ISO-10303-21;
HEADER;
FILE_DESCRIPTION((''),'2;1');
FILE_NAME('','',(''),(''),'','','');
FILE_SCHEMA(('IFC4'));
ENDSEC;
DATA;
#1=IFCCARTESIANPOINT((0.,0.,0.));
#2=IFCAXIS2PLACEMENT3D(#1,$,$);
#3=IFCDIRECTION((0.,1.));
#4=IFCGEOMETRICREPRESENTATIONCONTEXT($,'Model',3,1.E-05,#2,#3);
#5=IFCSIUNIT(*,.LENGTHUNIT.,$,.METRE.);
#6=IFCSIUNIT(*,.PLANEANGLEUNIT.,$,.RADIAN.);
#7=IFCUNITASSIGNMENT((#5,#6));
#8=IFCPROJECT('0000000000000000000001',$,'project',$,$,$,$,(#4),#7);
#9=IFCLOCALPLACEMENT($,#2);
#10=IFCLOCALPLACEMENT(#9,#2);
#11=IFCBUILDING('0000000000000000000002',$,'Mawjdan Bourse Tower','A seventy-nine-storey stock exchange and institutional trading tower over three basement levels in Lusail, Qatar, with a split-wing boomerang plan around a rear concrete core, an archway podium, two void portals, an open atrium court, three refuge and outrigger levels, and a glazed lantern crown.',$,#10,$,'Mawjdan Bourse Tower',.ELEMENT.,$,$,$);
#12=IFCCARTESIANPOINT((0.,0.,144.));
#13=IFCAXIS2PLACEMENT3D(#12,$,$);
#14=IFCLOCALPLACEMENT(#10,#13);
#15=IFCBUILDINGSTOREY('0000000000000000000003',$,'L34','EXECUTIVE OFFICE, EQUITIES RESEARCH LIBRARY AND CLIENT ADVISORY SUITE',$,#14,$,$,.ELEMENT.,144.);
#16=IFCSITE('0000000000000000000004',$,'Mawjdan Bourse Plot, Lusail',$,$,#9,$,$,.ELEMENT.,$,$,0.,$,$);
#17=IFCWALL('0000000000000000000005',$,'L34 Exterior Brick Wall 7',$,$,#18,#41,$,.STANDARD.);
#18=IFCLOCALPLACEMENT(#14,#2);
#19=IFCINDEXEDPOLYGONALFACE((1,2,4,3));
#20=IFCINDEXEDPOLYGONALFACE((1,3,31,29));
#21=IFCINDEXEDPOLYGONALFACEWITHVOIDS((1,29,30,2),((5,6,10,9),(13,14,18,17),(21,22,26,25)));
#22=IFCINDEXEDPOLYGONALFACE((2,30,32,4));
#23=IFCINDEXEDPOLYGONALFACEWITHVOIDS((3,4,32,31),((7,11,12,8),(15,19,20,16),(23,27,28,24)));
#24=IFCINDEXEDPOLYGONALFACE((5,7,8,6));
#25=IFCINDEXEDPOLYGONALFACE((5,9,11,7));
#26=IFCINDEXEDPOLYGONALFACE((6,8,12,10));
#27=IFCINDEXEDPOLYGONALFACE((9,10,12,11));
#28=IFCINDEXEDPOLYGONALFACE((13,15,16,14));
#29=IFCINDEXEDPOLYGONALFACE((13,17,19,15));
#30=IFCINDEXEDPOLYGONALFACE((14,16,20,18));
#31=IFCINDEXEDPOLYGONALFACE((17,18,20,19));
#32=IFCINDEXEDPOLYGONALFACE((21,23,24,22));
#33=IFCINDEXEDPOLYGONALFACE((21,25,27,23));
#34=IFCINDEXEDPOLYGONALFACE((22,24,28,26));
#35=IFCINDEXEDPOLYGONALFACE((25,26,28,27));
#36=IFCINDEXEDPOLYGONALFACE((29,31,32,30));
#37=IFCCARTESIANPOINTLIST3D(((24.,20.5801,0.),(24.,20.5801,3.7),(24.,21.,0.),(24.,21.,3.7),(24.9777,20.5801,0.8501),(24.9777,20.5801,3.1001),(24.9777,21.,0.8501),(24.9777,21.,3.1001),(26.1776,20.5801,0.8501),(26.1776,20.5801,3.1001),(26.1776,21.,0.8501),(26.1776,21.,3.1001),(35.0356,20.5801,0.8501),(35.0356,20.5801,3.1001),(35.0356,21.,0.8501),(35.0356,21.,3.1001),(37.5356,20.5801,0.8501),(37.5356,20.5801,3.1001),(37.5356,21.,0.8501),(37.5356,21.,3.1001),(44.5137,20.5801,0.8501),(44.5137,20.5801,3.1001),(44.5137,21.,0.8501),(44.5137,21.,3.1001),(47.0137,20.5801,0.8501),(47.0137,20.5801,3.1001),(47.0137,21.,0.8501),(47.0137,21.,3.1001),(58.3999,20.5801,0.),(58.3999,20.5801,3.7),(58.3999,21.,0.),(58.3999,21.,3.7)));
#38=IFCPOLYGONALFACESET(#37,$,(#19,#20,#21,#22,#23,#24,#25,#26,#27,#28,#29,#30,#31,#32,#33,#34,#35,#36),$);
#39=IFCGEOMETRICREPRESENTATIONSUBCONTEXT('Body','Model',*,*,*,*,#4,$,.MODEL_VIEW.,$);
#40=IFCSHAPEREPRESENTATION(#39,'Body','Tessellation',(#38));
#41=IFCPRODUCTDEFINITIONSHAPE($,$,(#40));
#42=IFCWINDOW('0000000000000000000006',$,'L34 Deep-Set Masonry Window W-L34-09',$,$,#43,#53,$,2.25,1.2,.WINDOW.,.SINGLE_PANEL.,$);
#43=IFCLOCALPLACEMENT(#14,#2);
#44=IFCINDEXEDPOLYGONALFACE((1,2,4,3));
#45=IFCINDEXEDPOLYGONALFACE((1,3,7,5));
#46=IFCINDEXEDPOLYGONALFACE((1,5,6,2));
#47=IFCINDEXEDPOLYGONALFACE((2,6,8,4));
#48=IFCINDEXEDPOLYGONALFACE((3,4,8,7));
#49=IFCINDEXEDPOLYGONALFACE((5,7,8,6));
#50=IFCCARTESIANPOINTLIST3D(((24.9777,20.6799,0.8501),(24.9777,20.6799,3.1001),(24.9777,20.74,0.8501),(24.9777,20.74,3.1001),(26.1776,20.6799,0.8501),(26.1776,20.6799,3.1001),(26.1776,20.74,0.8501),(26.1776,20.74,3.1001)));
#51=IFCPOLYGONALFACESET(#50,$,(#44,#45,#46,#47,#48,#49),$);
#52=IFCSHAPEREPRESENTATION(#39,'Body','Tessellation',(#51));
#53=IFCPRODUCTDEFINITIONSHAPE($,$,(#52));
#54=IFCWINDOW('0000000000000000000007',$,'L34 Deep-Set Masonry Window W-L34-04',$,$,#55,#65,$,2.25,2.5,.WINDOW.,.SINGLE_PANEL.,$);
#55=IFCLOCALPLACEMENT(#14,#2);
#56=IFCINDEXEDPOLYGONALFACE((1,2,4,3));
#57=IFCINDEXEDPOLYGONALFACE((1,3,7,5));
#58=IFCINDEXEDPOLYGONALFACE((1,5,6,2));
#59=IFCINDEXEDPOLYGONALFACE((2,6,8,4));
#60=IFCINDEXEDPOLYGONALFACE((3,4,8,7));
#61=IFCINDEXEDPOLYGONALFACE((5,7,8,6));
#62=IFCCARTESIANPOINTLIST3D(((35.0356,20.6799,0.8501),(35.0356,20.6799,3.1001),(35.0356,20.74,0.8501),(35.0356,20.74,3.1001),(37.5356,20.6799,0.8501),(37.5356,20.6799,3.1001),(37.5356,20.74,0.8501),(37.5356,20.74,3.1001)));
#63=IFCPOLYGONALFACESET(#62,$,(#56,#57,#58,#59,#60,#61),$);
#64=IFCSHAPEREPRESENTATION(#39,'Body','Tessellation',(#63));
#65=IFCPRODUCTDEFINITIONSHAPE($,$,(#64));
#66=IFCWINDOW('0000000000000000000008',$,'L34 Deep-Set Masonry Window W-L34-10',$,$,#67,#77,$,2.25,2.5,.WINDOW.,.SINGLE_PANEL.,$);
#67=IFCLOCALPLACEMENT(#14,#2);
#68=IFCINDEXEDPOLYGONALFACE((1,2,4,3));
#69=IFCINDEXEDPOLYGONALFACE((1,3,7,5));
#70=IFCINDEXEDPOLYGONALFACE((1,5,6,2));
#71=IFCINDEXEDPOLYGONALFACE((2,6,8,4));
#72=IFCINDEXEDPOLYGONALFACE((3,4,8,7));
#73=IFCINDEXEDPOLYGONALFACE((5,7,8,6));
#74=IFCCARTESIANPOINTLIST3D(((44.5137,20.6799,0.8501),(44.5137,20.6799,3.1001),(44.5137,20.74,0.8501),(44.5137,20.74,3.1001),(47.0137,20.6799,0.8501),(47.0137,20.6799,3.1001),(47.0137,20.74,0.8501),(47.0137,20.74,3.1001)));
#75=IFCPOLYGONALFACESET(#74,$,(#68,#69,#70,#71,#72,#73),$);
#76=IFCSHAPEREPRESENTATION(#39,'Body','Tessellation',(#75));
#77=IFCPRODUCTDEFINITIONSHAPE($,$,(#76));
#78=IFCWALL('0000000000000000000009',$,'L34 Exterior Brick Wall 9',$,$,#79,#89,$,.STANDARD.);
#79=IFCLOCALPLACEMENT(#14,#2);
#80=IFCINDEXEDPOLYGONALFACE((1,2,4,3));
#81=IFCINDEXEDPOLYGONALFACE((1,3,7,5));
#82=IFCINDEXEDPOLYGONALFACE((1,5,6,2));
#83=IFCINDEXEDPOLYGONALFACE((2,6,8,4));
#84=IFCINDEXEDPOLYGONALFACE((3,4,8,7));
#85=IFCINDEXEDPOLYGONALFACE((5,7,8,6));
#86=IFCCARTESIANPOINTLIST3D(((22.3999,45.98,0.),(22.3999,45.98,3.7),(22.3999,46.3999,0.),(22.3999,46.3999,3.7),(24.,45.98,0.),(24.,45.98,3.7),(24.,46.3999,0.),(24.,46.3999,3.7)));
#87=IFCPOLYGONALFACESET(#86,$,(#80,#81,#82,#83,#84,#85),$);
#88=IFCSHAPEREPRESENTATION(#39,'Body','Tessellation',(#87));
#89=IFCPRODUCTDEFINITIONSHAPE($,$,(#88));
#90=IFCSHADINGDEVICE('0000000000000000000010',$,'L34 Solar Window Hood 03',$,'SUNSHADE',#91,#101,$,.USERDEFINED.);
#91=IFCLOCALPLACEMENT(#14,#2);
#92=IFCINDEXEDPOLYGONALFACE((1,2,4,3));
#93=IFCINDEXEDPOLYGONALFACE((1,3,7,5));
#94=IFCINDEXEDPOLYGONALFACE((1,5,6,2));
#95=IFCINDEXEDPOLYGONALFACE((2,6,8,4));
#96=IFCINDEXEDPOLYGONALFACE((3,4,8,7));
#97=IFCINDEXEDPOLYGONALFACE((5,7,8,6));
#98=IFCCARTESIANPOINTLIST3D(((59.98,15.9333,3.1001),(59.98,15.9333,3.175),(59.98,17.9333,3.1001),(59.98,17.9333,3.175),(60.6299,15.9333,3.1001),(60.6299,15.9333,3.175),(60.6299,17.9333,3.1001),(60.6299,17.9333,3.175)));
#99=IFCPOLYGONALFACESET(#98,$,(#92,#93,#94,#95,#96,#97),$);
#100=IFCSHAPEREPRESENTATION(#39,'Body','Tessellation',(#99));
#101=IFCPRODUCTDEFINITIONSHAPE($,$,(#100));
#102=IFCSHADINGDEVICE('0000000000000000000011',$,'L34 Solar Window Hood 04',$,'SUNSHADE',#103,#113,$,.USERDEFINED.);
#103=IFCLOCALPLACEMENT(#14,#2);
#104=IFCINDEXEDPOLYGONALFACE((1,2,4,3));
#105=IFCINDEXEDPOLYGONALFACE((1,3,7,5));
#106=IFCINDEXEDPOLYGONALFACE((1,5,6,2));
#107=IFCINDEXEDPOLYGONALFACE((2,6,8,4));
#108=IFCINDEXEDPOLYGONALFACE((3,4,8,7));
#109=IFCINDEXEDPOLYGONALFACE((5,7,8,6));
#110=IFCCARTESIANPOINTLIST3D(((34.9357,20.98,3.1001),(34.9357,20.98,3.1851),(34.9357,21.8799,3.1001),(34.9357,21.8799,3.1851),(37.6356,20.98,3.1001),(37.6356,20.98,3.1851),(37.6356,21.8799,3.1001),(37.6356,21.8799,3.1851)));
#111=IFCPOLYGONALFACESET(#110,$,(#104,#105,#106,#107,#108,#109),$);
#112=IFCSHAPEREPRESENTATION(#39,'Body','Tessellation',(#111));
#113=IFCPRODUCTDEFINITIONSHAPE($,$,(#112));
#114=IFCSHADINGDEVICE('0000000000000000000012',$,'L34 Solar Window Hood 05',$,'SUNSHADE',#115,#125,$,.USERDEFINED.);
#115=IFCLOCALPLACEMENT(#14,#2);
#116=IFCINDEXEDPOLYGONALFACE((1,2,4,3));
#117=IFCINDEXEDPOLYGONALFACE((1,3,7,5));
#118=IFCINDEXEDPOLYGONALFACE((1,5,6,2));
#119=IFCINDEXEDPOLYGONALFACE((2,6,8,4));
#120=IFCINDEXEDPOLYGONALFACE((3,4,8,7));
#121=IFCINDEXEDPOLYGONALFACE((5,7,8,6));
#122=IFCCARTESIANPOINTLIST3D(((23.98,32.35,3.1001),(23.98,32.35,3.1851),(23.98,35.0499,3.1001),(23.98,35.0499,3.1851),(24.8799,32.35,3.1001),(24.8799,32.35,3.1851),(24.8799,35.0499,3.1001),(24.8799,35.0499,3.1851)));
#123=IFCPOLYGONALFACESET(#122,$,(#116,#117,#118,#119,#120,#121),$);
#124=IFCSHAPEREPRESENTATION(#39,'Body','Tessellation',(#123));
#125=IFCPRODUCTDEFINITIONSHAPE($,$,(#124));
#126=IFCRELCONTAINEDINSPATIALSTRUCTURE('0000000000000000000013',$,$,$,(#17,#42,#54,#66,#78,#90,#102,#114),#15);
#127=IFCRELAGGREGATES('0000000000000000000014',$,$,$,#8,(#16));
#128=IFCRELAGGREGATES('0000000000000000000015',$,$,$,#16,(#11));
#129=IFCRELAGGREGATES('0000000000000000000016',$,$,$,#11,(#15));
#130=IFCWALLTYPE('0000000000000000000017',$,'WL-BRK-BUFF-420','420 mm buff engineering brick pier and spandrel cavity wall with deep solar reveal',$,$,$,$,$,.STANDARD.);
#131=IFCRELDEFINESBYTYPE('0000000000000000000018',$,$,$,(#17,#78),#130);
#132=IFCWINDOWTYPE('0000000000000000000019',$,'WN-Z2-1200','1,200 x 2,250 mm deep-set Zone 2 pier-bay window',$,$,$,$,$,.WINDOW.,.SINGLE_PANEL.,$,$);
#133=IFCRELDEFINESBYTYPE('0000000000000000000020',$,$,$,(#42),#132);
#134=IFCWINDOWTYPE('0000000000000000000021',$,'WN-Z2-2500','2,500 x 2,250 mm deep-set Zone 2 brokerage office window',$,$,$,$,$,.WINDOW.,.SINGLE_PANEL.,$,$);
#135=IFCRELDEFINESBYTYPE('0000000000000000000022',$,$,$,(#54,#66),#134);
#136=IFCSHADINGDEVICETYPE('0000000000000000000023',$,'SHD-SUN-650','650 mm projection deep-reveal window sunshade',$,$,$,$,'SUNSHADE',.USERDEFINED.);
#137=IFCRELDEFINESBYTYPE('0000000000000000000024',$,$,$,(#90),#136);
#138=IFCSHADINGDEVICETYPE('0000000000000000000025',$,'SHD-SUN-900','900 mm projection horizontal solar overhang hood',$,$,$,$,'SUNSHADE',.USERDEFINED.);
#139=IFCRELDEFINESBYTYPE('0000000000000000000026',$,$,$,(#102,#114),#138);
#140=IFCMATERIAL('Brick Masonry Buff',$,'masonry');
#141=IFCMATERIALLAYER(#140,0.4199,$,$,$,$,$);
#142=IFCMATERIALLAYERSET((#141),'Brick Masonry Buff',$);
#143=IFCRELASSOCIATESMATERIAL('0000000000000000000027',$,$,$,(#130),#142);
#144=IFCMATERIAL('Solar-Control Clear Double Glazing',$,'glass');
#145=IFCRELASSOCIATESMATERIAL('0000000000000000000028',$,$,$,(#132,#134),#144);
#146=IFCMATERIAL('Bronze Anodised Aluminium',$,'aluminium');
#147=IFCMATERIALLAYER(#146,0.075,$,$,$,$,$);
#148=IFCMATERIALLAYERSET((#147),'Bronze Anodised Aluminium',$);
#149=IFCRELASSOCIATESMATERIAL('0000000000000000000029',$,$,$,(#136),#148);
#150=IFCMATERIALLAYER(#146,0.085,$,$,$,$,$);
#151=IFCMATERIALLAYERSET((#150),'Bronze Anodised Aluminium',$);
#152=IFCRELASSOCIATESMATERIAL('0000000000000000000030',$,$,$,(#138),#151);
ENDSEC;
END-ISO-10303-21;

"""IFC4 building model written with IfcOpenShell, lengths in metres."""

from ifc_helpers import new_model, si_unit, direction, frame, frame_2d, origin, origin_2d, place, context, subcontext, project, spatial, rectangle, extrude, material, layer, layer_set, type_object, element, fill, save


model = new_model("IFC4")

# Units and contexts
model_context = context("Model", 3, precision=1e-05, world=origin(), true_north=direction((0.0, 1.0)))
body_context = subcontext(model_context, "Body", "Model", "MODEL_VIEW")
ifc_project = project(units=[si_unit("LENGTHUNIT", "METRE"), si_unit("PLANEANGLEUNIT", "RADIAN")], contexts=[model_context])

# Site, building, storey
site_placement = place(None, origin())
site = spatial("IfcSite", under=ifc_project, at=site_placement, Name="Mawjdan Bourse Plot, Lusail", CompositionType="ELEMENT", RefElevation=0.0)
building_placement = place(site_placement, origin())
building = spatial("IfcBuilding", under=site, at=building_placement, Name="Mawjdan Bourse Tower", Description="A seventy-nine-storey stock exchange and institutional trading tower over three basement levels in Lusail, Qatar, with a split-wing boomerang plan around a rear concrete core, an archway podium, two void portals, an open atrium court, three refuge and outrigger levels, and a glazed lantern crown.", LongName="Mawjdan Bourse Tower", CompositionType="ELEMENT")
storey_placement = place(building_placement, frame((0.0, 0.0, 144.0)))
storey = spatial("IfcBuildingStorey", under=building, at=storey_placement, Name="L34", Description="EXECUTIVE OFFICE, EQUITIES RESEARCH LIBRARY AND CLIENT ADVISORY SUITE", CompositionType="ELEMENT", Elevation=144.0)

# Shared definitions
ifc_material_1 = material(Name="Brick Masonry Buff", Category="masonry")
ifc_layer_1 = layer(ifc_material_1, 0.4199)
ifc_layer_set_1 = layer_set([ifc_layer_1], Name="Brick Masonry Buff")
wall_type = type_object("IfcWallType", Name="WL-BRK-BUFF-420", Description="420 mm buff engineering brick pier and spandrel cavity wall with deep solar reveal", PredefinedType="STANDARD", material=ifc_layer_set_1)

# Wall, openings, windows
wall_1_placement = place(storey_placement, frame((58.3999, 20.79, 0.0), z_axis=(0.0, 0.0, 1.0), x_axis=(-1.0, 0.0, 0.0)))
wall_1 = element("IfcWall", 1, at=wall_1_placement, inside=storey, type_object=wall_type, Name="L34 Exterior Brick Wall 7", PredefinedType="STANDARD", context=body_context, shape_type="SweptSolid", body=[
    extrude(rectangle(XDim=34.3999, YDim=0.4199, at=frame_2d((17.2, 0.0))), origin(), (0.0, 0.0, 1.0), 3.7),
])
opening_1_placement = place(wall_1_placement, frame((20.8643, 0.0, 0.8501)))
opening_1 = element("IfcOpeningElement", 2, at=opening_1_placement, cuts=wall_1, PredefinedType="OPENING", context=body_context, shape_type="SweptSolid", body=[
    extrude(rectangle(XDim=2.5, YDim=2.25, at=frame_2d((1.25, 1.125))), frame((0.0, 0.22, 0.0), z_axis=(0.0, -1.0, 0.0), x_axis=(1.0, 0.0, 0.0)), (0.0, 0.0, 1.0), 0.4399),
])
opening_2_placement = place(wall_1_placement, frame((32.2222, 0.0, 0.8501)))
opening_2 = element("IfcOpeningElement", 3, at=opening_2_placement, cuts=wall_1, PredefinedType="OPENING", context=body_context, shape_type="SweptSolid", body=[
    extrude(rectangle(XDim=1.2, YDim=2.25, at=frame_2d((0.6001, 1.125))), frame((0.0, 0.22, 0.0), z_axis=(0.0, -1.0, 0.0), x_axis=(1.0, 0.0, 0.0)), (0.0, 0.0, 1.0), 0.4399),
])
opening_3_placement = place(wall_1_placement, frame((11.3862, 0.0, 0.8501)))
opening_3 = element("IfcOpeningElement", 4, at=opening_3_placement, cuts=wall_1, PredefinedType="OPENING", context=body_context, shape_type="SweptSolid", body=[
    extrude(rectangle(XDim=2.5, YDim=2.25, at=frame_2d((1.25, 1.125))), frame((0.0, 0.22, 0.0), z_axis=(0.0, -1.0, 0.0), x_axis=(1.0, 0.0, 0.0)), (0.0, 0.0, 1.0), 0.4399),
])
ifc_material_2 = material(Name="Solar-Control Clear Double Glazing", Category="glass")
window_type_1 = type_object("IfcWindowType", Name="WN-Z2-1200", Description="1,200 x 2,250 mm deep-set Zone 2 pier-bay window", PartitioningType="SINGLE_PANEL", PredefinedType="WINDOW", material=ifc_material_2)
window_1_placement = place(opening_2_placement, origin())
window_1 = element("IfcWindow", 5, at=window_1_placement, inside=storey, type_object=window_type_1, Name="L34 Deep-Set Masonry Window W-L34-09", OverallHeight=2.25, OverallWidth=1.2, PartitioningType="SINGLE_PANEL", PredefinedType="WINDOW", context=body_context, shape_type="SweptSolid", body=[
    extrude(rectangle(XDim=1.2, YDim=2.25, at=frame_2d((0.6001, 1.125))), frame((0.0, 0.1101, 0.0), z_axis=(0.0, -1.0, 0.0), x_axis=(1.0, 0.0, 0.0)), (0.0, 0.0, 1.0), 0.0601),
])
fill(opening_2, window_1)
window_type_2 = type_object("IfcWindowType", Name="WN-Z2-2500", Description="2,500 x 2,250 mm deep-set Zone 2 brokerage office window", PartitioningType="SINGLE_PANEL", PredefinedType="WINDOW", material=ifc_material_2)
window_2_placement = place(opening_1_placement, origin())
window_2 = element("IfcWindow", 6, at=window_2_placement, inside=storey, type_object=window_type_2, Name="L34 Deep-Set Masonry Window W-L34-04", OverallHeight=2.25, OverallWidth=2.5, PartitioningType="SINGLE_PANEL", PredefinedType="WINDOW", context=body_context, shape_type="SweptSolid", body=[
    extrude(rectangle(XDim=2.5, YDim=2.25, at=frame_2d((1.25, 1.125))), frame((0.0, 0.1101, 0.0), z_axis=(0.0, -1.0, 0.0), x_axis=(1.0, 0.0, 0.0)), (0.0, 0.0, 1.0), 0.0601),
])
fill(opening_1, window_2)
window_3_placement = place(opening_3_placement, origin())
window_3 = element("IfcWindow", 7, at=window_3_placement, inside=storey, type_object=window_type_2, Name="L34 Deep-Set Masonry Window W-L34-10", OverallHeight=2.25, OverallWidth=2.5, PartitioningType="SINGLE_PANEL", PredefinedType="WINDOW", context=body_context, shape_type="SweptSolid", body=[
    extrude(rectangle(XDim=2.5, YDim=2.25, at=frame_2d((1.25, 1.125))), frame((0.0, 0.1101, 0.0), z_axis=(0.0, -1.0, 0.0), x_axis=(1.0, 0.0, 0.0)), (0.0, 0.0, 1.0), 0.0601),
])
fill(opening_3, window_3)

# Wall
wall_2_placement = place(storey_placement, frame((24.0, 46.1899, 0.0), z_axis=(0.0, 0.0, 1.0), x_axis=(-1.0, 0.0, 0.0)))
element("IfcWall", 8, at=wall_2_placement, inside=storey, type_object=wall_type, Name="L34 Exterior Brick Wall 9", PredefinedType="STANDARD", context=body_context, shape_type="SweptSolid", body=[
    extrude(rectangle(XDim=1.6001, YDim=0.4199, at=frame_2d((0.8, 0.0))), origin(), (0.0, 0.0, 1.0), 3.7),
])

# Shading devices
ifc_material_3 = material(Name="Bronze Anodised Aluminium", Category="aluminium")
ifc_layer_2 = layer(ifc_material_3, 0.075)
ifc_layer_set_2 = layer_set([ifc_layer_2], Name="Bronze Anodised Aluminium")
shading_device_type_1 = type_object("IfcShadingDeviceType", Name="SHD-SUN-650", Description="650 mm projection deep-reveal window sunshade", ElementType="SUNSHADE", PredefinedType="USERDEFINED", material=ifc_layer_set_2)
shading_device_placement = place(storey_placement, frame((60.3049, 16.9333, 3.1001), z_axis=(0.0, 0.0, 1.0), x_axis=(0.0, 1.0, 0.0)))
element("IfcShadingDevice", 9, at=shading_device_placement, inside=storey, type_object=shading_device_type_1, Name="L34 Solar Window Hood 03", ObjectType="SUNSHADE", PredefinedType="USERDEFINED", context=body_context, shape_type="SweptSolid", body=[
    extrude(rectangle(XDim=2.0, YDim=0.6499, at=origin_2d()), origin(), (0.0, 0.0, 1.0), 0.075),
])
ifc_layer_3 = layer(ifc_material_3, 0.085)
ifc_layer_set_3 = layer_set([ifc_layer_3], Name="Bronze Anodised Aluminium")
shading_device_type_2 = type_object("IfcShadingDeviceType", Name="SHD-SUN-900", Description="900 mm projection horizontal solar overhang hood", ElementType="SUNSHADE", PredefinedType="USERDEFINED", material=ifc_layer_set_3)
for number, where, z_axis, x_axis, name in (
    (10, (36.2856, 21.4299, 3.1001), (0.0, 0.0, 1.0), (-1.0, 0.0, 0.0), "L34 Solar Window Hood 04"),
    (11, (24.4299, 33.7, 3.1001), (0.0, 0.0, 1.0), (0.0, 1.0, 0.0), "L34 Solar Window Hood 05"),
):
    element("IfcShadingDevice", number, at=place(storey_placement, frame(where, z_axis=z_axis, x_axis=x_axis)), inside=storey, type_object=shading_device_type_2, Name=name, ObjectType="SUNSHADE", PredefinedType="USERDEFINED", context=body_context, shape_type="SweptSolid", body=[
        extrude(rectangle(XDim=2.7, YDim=0.8999, at=origin_2d()), origin(), (0.0, 0.0, 1.0), 0.085),
    ])

save(model, "model.ifc")
